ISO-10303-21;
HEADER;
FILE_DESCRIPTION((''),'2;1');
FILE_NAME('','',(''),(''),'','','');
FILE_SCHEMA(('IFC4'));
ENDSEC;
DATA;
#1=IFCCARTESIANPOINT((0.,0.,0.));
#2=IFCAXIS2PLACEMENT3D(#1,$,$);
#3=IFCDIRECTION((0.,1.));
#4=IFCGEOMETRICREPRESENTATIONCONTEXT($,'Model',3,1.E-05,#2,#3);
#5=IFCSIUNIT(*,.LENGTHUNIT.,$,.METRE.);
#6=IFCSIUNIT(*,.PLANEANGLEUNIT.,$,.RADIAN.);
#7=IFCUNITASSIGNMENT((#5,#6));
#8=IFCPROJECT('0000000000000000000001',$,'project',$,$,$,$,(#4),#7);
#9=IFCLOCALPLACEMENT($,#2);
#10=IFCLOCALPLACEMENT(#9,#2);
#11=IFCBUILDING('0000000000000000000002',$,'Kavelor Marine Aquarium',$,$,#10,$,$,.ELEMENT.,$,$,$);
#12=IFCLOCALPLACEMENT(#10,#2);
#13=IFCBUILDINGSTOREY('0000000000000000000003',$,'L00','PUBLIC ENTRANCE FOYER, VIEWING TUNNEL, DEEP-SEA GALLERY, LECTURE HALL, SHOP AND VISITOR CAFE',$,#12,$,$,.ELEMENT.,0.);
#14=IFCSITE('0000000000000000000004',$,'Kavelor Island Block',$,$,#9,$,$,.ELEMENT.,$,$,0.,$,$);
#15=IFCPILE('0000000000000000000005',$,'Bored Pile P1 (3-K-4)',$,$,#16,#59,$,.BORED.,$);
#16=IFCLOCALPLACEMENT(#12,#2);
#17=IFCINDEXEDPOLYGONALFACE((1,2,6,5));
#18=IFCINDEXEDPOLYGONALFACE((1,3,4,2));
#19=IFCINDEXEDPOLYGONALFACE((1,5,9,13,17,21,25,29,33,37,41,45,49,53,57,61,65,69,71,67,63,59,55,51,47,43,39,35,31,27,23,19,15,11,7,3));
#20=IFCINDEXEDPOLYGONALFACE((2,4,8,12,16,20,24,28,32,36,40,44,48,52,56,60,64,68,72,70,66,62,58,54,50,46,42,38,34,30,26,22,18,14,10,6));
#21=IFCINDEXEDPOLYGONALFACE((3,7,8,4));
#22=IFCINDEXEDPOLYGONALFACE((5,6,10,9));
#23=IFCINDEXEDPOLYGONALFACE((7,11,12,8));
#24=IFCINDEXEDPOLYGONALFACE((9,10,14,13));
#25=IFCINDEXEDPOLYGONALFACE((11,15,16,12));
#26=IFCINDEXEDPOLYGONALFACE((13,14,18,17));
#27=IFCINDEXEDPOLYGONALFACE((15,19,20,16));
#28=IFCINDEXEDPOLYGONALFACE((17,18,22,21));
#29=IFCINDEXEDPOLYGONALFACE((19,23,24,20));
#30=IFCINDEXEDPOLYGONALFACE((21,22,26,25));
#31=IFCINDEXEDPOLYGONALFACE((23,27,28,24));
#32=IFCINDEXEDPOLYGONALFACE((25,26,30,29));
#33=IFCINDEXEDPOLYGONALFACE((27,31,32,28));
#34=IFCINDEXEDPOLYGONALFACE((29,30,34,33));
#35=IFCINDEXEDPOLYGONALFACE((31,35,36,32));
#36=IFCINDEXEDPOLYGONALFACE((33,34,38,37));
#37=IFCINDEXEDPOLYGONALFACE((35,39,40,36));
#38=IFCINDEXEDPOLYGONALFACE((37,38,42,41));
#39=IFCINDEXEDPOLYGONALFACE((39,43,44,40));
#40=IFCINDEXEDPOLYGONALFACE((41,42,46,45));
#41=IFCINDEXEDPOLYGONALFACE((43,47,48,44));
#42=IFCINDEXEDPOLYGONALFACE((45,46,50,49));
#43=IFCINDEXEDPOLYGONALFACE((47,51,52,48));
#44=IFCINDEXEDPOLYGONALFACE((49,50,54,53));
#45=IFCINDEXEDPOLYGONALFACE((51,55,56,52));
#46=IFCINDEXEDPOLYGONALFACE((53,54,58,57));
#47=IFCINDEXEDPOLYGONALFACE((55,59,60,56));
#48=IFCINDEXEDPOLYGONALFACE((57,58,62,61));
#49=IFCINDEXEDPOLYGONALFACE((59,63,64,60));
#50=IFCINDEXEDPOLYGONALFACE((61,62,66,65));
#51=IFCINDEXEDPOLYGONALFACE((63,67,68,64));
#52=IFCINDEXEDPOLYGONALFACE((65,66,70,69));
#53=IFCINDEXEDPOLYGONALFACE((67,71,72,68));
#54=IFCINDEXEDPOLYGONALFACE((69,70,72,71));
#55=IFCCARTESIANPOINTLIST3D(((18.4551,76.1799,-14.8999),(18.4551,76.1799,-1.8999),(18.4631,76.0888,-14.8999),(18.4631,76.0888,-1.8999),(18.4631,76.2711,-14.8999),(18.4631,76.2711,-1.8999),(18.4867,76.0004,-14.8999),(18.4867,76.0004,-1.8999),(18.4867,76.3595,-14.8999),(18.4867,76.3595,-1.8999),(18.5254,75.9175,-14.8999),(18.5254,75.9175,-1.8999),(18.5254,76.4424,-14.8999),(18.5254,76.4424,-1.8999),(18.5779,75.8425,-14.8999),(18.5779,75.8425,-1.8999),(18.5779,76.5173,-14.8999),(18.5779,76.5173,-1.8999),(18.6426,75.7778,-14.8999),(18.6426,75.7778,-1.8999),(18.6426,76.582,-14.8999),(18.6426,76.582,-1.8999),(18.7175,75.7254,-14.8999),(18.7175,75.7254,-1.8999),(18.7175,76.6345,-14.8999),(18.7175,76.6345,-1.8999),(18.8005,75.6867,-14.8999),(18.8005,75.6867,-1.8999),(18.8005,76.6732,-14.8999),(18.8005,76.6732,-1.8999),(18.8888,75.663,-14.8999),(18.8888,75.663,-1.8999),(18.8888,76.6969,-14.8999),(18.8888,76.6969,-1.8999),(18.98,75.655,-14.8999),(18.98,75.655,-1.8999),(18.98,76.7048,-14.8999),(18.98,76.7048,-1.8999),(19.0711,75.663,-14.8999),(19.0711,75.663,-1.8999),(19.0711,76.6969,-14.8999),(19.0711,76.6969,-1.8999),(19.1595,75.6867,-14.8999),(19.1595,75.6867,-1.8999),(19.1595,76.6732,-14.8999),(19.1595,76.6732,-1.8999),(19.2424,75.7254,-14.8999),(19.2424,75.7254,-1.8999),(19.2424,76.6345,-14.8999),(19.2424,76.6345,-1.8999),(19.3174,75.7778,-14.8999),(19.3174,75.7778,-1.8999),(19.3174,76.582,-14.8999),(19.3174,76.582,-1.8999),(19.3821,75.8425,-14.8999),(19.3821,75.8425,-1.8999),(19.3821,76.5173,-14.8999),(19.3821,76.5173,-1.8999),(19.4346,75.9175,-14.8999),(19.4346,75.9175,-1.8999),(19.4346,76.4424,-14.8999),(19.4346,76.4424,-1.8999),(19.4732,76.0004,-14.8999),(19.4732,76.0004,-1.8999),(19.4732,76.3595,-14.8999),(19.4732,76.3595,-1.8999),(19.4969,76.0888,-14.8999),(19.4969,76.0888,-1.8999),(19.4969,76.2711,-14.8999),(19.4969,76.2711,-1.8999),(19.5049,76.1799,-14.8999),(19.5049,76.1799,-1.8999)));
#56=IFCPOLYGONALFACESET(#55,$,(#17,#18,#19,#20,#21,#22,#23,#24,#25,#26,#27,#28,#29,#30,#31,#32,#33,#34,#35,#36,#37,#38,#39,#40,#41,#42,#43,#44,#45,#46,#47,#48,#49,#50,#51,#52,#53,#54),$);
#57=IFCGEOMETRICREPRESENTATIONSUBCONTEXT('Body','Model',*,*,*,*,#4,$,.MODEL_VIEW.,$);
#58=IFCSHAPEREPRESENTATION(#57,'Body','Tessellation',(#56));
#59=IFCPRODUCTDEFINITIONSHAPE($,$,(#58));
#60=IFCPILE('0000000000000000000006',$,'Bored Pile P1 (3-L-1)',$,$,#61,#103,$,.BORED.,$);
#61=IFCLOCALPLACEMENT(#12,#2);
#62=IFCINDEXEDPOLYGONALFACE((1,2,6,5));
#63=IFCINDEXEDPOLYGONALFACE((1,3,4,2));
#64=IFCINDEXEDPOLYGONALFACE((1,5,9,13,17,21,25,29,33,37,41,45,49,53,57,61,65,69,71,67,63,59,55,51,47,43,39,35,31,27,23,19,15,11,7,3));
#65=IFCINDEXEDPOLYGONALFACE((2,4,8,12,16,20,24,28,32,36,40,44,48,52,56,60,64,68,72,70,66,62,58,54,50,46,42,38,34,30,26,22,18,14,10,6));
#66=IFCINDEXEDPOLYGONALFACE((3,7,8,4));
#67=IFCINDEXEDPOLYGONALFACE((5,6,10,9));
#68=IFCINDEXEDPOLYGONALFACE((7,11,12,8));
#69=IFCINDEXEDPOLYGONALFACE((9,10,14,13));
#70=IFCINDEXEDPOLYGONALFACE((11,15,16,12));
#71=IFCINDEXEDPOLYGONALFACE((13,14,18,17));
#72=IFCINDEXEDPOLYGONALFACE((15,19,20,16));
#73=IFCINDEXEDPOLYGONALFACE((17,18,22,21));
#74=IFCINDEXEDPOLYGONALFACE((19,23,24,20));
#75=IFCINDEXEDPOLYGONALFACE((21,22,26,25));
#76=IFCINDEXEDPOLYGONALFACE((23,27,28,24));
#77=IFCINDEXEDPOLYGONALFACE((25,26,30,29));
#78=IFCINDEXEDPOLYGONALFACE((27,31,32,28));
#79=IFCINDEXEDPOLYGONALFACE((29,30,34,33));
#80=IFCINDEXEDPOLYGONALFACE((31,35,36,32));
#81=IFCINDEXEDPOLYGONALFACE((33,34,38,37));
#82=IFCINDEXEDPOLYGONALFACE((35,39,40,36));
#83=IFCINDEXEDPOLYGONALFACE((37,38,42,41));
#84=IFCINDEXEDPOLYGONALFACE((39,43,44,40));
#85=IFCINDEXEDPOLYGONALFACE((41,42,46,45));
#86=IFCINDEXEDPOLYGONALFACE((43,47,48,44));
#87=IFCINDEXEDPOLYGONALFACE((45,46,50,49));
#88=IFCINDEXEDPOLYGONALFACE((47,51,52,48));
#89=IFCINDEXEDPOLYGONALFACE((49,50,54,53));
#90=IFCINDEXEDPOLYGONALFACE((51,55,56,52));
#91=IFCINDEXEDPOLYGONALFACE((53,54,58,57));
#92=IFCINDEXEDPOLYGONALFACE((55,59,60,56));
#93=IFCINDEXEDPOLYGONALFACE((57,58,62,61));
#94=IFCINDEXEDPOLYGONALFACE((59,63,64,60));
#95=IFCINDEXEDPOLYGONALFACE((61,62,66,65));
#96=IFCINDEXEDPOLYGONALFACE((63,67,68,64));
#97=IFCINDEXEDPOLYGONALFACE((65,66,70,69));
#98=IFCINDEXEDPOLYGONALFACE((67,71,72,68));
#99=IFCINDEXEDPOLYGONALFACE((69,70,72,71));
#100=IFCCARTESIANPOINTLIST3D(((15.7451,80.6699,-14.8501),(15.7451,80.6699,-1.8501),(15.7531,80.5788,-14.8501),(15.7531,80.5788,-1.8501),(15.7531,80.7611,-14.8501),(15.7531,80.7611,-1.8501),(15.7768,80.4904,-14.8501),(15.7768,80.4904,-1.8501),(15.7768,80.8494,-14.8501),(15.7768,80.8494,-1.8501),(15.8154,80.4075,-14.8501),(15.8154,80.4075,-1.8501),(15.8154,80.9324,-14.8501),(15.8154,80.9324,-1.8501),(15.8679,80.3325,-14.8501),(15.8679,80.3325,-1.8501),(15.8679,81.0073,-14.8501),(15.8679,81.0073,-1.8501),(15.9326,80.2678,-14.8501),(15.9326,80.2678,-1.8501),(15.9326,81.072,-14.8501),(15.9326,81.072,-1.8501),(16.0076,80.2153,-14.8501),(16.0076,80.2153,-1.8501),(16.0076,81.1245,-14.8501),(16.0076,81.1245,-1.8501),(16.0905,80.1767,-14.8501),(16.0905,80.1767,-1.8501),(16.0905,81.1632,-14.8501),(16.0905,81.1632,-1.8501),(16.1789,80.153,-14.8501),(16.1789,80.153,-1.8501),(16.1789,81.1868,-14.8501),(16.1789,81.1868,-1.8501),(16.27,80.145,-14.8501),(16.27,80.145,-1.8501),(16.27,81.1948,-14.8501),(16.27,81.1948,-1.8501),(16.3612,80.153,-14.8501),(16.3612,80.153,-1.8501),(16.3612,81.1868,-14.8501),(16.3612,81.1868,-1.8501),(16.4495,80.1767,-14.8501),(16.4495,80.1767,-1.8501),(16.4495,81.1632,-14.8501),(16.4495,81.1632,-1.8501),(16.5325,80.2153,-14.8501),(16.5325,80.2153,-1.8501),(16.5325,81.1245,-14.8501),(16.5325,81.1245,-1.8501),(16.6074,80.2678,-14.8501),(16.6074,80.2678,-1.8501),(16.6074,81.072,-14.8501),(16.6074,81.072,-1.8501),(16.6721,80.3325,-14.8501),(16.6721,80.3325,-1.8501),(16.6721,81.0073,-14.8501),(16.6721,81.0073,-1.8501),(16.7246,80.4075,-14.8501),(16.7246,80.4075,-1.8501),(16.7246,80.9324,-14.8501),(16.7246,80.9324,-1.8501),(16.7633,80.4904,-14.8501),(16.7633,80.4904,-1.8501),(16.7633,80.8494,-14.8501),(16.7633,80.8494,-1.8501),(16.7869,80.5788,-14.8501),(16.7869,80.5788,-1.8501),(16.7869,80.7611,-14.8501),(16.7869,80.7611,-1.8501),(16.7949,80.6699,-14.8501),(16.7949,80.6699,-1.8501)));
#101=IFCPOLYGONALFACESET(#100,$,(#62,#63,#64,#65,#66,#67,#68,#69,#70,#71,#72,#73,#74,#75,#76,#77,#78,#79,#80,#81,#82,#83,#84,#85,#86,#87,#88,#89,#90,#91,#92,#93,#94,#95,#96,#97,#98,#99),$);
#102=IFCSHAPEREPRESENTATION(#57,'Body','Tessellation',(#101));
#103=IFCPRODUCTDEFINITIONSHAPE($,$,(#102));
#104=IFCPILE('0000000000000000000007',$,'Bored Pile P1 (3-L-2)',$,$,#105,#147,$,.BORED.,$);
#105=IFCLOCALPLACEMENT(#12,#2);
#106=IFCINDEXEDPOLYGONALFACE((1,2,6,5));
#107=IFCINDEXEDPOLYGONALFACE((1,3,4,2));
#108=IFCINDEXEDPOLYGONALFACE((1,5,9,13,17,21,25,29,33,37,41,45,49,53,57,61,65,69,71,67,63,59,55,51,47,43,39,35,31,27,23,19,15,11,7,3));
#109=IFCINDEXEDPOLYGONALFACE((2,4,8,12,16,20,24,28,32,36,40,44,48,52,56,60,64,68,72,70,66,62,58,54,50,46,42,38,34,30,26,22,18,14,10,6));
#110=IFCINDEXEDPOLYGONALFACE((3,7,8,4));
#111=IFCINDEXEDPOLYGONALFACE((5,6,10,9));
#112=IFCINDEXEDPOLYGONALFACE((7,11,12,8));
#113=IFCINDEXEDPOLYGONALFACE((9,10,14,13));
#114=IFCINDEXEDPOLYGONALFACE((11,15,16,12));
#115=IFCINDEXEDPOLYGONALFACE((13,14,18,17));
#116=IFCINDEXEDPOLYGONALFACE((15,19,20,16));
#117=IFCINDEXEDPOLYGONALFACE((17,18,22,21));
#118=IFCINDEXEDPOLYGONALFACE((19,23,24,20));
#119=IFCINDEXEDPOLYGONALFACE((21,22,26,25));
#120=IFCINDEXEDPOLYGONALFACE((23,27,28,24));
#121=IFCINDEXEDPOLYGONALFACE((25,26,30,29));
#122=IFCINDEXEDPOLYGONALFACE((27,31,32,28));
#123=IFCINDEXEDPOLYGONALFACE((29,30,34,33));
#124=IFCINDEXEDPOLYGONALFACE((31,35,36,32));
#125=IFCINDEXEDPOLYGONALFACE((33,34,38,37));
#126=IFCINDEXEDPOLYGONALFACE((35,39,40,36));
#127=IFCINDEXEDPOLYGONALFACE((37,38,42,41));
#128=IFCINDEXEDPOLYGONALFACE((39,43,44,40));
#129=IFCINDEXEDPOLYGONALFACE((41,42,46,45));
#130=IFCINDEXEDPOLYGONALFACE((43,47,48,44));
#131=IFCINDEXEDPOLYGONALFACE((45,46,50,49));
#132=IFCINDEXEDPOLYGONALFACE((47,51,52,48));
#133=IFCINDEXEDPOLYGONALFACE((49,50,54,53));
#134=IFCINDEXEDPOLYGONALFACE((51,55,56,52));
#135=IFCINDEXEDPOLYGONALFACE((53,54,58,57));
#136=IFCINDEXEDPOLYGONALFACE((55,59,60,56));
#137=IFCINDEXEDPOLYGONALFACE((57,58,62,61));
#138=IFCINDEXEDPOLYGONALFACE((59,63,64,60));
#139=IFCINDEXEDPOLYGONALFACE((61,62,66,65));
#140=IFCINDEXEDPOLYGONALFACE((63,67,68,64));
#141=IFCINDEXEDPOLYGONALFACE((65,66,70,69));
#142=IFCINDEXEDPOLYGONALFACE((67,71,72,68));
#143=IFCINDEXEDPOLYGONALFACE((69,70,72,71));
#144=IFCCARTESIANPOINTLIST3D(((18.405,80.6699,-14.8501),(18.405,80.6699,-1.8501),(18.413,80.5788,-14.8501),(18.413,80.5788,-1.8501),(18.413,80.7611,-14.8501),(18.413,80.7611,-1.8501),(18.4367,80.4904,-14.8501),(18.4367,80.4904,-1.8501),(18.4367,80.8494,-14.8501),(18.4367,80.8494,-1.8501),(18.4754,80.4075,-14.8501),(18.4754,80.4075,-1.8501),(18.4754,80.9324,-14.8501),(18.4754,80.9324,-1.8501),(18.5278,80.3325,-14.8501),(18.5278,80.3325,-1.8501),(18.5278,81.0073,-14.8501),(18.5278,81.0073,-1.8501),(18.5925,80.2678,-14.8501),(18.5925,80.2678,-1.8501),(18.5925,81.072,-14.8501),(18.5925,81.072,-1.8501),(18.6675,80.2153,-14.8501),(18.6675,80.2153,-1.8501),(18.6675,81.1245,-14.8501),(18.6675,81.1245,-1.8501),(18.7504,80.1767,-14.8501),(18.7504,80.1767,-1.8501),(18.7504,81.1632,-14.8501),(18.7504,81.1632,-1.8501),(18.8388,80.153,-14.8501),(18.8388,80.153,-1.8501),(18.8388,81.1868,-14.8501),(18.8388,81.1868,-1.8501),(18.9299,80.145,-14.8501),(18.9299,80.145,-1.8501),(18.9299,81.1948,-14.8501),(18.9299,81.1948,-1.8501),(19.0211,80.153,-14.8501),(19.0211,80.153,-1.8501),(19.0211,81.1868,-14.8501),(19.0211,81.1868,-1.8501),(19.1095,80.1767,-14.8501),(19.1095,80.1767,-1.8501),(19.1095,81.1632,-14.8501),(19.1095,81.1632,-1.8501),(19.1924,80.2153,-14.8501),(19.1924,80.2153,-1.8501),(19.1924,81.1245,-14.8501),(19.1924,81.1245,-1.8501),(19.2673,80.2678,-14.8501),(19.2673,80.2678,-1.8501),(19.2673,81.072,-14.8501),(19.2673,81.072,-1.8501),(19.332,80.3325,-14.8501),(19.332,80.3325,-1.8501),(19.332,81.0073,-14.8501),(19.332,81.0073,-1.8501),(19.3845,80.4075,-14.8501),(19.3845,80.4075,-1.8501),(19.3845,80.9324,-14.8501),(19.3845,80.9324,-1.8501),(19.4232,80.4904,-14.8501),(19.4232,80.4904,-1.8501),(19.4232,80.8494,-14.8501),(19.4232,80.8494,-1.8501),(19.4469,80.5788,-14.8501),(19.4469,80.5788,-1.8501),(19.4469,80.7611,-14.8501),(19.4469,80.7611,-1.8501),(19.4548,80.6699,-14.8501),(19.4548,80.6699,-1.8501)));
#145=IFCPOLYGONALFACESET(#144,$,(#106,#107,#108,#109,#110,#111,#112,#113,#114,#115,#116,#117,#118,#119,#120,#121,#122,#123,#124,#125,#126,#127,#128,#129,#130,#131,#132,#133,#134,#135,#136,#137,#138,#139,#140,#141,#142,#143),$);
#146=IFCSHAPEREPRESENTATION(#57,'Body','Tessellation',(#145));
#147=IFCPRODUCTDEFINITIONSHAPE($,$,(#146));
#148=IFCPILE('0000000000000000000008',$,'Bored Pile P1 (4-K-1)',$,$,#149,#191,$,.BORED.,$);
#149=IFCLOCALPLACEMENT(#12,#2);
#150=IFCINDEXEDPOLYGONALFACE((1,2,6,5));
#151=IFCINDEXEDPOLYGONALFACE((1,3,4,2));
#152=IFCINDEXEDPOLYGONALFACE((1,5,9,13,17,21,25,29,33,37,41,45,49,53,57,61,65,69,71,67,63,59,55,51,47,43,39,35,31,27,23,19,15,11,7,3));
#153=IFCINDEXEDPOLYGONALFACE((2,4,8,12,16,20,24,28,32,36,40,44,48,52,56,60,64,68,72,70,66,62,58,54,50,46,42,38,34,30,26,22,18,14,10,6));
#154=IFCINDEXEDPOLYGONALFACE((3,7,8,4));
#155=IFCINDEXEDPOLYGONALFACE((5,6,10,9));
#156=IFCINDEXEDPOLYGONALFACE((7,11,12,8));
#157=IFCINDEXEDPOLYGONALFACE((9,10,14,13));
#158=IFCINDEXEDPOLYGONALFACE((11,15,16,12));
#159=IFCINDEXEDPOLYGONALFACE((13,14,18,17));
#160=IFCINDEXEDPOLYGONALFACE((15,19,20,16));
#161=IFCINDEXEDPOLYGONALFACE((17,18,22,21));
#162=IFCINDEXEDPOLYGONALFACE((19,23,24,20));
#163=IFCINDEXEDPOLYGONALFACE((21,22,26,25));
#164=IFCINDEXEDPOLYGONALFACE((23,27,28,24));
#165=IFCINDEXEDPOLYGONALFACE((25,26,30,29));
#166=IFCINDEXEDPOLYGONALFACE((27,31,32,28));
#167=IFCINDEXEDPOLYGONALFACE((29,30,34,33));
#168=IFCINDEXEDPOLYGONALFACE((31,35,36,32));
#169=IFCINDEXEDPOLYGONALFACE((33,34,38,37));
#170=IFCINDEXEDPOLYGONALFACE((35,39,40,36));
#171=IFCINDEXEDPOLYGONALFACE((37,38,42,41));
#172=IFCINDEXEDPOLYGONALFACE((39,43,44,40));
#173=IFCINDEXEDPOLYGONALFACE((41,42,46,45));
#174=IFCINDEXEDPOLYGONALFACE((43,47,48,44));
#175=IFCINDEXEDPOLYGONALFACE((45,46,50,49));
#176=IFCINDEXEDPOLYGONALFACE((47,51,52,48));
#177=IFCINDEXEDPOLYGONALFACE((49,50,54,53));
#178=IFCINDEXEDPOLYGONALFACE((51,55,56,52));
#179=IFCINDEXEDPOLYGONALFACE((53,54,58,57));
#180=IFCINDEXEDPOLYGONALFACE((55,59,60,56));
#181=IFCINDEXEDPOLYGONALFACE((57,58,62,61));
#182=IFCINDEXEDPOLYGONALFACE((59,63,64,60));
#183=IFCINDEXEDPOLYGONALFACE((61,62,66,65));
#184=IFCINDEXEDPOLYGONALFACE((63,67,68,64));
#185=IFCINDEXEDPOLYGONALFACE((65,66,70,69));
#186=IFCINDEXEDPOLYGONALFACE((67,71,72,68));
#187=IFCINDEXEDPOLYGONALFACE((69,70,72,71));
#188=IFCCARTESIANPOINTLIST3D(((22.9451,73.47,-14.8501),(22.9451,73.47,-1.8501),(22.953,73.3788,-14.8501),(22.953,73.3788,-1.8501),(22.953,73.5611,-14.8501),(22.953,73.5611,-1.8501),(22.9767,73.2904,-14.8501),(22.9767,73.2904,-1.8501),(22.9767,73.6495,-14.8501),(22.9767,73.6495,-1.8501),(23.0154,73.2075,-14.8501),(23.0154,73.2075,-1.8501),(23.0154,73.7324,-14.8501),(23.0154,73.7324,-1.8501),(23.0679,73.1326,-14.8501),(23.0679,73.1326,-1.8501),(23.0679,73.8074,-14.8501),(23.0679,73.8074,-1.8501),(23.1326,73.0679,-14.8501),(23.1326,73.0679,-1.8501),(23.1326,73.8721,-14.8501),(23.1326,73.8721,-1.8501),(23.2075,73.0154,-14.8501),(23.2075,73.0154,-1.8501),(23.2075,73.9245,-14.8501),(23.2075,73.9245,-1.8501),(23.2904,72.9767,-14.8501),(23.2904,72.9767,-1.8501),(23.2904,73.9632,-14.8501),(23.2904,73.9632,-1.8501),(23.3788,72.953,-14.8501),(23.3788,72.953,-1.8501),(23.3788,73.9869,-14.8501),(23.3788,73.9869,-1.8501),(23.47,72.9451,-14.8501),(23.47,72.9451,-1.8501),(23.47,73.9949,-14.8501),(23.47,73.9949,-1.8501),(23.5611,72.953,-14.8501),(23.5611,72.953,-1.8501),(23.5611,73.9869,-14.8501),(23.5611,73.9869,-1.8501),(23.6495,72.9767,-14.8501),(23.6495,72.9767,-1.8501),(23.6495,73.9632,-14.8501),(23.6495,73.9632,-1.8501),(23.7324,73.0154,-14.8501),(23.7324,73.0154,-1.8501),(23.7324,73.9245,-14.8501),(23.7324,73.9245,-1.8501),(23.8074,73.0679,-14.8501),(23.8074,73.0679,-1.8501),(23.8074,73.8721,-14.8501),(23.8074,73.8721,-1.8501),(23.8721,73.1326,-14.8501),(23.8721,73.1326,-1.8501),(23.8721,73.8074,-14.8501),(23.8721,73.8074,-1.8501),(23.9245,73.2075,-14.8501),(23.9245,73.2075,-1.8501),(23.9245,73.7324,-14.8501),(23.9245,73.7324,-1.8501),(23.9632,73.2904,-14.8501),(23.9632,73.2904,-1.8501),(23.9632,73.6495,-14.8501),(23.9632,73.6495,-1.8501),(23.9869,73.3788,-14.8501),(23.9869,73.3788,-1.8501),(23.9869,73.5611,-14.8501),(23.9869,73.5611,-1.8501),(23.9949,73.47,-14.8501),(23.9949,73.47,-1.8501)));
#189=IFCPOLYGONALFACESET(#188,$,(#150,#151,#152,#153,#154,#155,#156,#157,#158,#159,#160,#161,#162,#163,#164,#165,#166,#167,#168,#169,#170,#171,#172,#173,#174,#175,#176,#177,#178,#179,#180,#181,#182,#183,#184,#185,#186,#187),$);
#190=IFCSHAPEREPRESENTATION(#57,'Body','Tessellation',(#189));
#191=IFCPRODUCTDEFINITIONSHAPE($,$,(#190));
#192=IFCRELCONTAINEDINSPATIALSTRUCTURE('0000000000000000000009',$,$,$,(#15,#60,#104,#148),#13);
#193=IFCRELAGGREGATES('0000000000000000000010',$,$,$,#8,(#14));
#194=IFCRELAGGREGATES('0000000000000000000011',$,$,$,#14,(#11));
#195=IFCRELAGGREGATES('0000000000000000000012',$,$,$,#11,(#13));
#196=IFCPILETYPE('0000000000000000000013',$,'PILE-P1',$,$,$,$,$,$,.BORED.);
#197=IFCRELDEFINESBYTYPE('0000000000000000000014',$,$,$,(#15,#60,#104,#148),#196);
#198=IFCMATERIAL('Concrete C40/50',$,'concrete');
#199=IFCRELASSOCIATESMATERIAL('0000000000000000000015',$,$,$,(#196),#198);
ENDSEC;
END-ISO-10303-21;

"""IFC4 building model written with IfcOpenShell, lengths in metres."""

from ifc_helpers import new_model, si_unit, direction, frame, origin, origin_2d, place, context, subcontext, project, spatial, circle, extrude, material, material_profile, profile_set, type_object, element, save


model = new_model("IFC4")

# Units and contexts
model_context = context("Model", 3, precision=1e-05, world=origin(), true_north=direction((0.0, 1.0)))
body_context = subcontext(model_context, "Body", "Model", "MODEL_VIEW")
ifc_project = project(units=[si_unit("LENGTHUNIT", "METRE"), si_unit("PLANEANGLEUNIT", "RADIAN")], contexts=[model_context])

# Site, building, storey
site_placement = place(None, origin())
site = spatial("IfcSite", under=ifc_project, at=site_placement, Name="Kavelor Island Block", CompositionType="ELEMENT", RefElevation=0.0)
building_placement = place(site_placement, origin())
building = spatial("IfcBuilding", under=site, at=building_placement, Name="Kavelor Marine Aquarium", CompositionType="ELEMENT")
storey_placement = place(building_placement, origin())
storey = spatial("IfcBuildingStorey", under=building, at=storey_placement, Name="L00", Description="PUBLIC ENTRANCE FOYER, VIEWING TUNNEL, DEEP-SEA GALLERY, LECTURE HALL, SHOP AND VISITOR CAFE", CompositionType="ELEMENT", Elevation=0.0)

# Piles
ifc_material_1 = material(Name="Concrete C40/50", Category="concrete")
ifc_material_profile_1 = material_profile(ifc_material_1, circle(Radius=0.5249, at=origin_2d()), Name="PILE D1050")
ifc_profile_set_1 = profile_set([ifc_material_profile_1], Name="Concrete C40/50")
pile_type = type_object("IfcPileType", Name="PILE-P1", PredefinedType="BORED", material=ifc_profile_set_1)
for number, where, z_axis, x_axis, name in (
    (1, (18.98, 76.1799, -1.8999), (0.0, 0.0, -1.0), (1.0, 0.0, 0.0), "Bored Pile P1 (3-K-4)"),
    (2, (16.27, 80.6699, -1.8501), (0.0, 0.0, -1.0), (1.0, 0.0, 0.0), "Bored Pile P1 (3-L-1)"),
    (3, (18.9299, 80.6699, -1.8501), (0.0, 0.0, -1.0), (1.0, 0.0, 0.0), "Bored Pile P1 (3-L-2)"),
    (4, (23.47, 73.47, -1.8501), (0.0, 0.0, -1.0), (1.0, 0.0, 0.0), "Bored Pile P1 (4-K-1)"),
):
    element("IfcPile", number, at=place(storey_placement, frame(where, z_axis=z_axis, x_axis=x_axis)), inside=storey, type_object=pile_type, Name=name, PredefinedType="BORED", context=body_context, shape_type="SweptSolid", body=[
        extrude(circle(Radius=0.5249, at=origin_2d()), origin(), (0.0, 0.0, 1.0), 13.0),
    ])

save(model, "model.ifc")
